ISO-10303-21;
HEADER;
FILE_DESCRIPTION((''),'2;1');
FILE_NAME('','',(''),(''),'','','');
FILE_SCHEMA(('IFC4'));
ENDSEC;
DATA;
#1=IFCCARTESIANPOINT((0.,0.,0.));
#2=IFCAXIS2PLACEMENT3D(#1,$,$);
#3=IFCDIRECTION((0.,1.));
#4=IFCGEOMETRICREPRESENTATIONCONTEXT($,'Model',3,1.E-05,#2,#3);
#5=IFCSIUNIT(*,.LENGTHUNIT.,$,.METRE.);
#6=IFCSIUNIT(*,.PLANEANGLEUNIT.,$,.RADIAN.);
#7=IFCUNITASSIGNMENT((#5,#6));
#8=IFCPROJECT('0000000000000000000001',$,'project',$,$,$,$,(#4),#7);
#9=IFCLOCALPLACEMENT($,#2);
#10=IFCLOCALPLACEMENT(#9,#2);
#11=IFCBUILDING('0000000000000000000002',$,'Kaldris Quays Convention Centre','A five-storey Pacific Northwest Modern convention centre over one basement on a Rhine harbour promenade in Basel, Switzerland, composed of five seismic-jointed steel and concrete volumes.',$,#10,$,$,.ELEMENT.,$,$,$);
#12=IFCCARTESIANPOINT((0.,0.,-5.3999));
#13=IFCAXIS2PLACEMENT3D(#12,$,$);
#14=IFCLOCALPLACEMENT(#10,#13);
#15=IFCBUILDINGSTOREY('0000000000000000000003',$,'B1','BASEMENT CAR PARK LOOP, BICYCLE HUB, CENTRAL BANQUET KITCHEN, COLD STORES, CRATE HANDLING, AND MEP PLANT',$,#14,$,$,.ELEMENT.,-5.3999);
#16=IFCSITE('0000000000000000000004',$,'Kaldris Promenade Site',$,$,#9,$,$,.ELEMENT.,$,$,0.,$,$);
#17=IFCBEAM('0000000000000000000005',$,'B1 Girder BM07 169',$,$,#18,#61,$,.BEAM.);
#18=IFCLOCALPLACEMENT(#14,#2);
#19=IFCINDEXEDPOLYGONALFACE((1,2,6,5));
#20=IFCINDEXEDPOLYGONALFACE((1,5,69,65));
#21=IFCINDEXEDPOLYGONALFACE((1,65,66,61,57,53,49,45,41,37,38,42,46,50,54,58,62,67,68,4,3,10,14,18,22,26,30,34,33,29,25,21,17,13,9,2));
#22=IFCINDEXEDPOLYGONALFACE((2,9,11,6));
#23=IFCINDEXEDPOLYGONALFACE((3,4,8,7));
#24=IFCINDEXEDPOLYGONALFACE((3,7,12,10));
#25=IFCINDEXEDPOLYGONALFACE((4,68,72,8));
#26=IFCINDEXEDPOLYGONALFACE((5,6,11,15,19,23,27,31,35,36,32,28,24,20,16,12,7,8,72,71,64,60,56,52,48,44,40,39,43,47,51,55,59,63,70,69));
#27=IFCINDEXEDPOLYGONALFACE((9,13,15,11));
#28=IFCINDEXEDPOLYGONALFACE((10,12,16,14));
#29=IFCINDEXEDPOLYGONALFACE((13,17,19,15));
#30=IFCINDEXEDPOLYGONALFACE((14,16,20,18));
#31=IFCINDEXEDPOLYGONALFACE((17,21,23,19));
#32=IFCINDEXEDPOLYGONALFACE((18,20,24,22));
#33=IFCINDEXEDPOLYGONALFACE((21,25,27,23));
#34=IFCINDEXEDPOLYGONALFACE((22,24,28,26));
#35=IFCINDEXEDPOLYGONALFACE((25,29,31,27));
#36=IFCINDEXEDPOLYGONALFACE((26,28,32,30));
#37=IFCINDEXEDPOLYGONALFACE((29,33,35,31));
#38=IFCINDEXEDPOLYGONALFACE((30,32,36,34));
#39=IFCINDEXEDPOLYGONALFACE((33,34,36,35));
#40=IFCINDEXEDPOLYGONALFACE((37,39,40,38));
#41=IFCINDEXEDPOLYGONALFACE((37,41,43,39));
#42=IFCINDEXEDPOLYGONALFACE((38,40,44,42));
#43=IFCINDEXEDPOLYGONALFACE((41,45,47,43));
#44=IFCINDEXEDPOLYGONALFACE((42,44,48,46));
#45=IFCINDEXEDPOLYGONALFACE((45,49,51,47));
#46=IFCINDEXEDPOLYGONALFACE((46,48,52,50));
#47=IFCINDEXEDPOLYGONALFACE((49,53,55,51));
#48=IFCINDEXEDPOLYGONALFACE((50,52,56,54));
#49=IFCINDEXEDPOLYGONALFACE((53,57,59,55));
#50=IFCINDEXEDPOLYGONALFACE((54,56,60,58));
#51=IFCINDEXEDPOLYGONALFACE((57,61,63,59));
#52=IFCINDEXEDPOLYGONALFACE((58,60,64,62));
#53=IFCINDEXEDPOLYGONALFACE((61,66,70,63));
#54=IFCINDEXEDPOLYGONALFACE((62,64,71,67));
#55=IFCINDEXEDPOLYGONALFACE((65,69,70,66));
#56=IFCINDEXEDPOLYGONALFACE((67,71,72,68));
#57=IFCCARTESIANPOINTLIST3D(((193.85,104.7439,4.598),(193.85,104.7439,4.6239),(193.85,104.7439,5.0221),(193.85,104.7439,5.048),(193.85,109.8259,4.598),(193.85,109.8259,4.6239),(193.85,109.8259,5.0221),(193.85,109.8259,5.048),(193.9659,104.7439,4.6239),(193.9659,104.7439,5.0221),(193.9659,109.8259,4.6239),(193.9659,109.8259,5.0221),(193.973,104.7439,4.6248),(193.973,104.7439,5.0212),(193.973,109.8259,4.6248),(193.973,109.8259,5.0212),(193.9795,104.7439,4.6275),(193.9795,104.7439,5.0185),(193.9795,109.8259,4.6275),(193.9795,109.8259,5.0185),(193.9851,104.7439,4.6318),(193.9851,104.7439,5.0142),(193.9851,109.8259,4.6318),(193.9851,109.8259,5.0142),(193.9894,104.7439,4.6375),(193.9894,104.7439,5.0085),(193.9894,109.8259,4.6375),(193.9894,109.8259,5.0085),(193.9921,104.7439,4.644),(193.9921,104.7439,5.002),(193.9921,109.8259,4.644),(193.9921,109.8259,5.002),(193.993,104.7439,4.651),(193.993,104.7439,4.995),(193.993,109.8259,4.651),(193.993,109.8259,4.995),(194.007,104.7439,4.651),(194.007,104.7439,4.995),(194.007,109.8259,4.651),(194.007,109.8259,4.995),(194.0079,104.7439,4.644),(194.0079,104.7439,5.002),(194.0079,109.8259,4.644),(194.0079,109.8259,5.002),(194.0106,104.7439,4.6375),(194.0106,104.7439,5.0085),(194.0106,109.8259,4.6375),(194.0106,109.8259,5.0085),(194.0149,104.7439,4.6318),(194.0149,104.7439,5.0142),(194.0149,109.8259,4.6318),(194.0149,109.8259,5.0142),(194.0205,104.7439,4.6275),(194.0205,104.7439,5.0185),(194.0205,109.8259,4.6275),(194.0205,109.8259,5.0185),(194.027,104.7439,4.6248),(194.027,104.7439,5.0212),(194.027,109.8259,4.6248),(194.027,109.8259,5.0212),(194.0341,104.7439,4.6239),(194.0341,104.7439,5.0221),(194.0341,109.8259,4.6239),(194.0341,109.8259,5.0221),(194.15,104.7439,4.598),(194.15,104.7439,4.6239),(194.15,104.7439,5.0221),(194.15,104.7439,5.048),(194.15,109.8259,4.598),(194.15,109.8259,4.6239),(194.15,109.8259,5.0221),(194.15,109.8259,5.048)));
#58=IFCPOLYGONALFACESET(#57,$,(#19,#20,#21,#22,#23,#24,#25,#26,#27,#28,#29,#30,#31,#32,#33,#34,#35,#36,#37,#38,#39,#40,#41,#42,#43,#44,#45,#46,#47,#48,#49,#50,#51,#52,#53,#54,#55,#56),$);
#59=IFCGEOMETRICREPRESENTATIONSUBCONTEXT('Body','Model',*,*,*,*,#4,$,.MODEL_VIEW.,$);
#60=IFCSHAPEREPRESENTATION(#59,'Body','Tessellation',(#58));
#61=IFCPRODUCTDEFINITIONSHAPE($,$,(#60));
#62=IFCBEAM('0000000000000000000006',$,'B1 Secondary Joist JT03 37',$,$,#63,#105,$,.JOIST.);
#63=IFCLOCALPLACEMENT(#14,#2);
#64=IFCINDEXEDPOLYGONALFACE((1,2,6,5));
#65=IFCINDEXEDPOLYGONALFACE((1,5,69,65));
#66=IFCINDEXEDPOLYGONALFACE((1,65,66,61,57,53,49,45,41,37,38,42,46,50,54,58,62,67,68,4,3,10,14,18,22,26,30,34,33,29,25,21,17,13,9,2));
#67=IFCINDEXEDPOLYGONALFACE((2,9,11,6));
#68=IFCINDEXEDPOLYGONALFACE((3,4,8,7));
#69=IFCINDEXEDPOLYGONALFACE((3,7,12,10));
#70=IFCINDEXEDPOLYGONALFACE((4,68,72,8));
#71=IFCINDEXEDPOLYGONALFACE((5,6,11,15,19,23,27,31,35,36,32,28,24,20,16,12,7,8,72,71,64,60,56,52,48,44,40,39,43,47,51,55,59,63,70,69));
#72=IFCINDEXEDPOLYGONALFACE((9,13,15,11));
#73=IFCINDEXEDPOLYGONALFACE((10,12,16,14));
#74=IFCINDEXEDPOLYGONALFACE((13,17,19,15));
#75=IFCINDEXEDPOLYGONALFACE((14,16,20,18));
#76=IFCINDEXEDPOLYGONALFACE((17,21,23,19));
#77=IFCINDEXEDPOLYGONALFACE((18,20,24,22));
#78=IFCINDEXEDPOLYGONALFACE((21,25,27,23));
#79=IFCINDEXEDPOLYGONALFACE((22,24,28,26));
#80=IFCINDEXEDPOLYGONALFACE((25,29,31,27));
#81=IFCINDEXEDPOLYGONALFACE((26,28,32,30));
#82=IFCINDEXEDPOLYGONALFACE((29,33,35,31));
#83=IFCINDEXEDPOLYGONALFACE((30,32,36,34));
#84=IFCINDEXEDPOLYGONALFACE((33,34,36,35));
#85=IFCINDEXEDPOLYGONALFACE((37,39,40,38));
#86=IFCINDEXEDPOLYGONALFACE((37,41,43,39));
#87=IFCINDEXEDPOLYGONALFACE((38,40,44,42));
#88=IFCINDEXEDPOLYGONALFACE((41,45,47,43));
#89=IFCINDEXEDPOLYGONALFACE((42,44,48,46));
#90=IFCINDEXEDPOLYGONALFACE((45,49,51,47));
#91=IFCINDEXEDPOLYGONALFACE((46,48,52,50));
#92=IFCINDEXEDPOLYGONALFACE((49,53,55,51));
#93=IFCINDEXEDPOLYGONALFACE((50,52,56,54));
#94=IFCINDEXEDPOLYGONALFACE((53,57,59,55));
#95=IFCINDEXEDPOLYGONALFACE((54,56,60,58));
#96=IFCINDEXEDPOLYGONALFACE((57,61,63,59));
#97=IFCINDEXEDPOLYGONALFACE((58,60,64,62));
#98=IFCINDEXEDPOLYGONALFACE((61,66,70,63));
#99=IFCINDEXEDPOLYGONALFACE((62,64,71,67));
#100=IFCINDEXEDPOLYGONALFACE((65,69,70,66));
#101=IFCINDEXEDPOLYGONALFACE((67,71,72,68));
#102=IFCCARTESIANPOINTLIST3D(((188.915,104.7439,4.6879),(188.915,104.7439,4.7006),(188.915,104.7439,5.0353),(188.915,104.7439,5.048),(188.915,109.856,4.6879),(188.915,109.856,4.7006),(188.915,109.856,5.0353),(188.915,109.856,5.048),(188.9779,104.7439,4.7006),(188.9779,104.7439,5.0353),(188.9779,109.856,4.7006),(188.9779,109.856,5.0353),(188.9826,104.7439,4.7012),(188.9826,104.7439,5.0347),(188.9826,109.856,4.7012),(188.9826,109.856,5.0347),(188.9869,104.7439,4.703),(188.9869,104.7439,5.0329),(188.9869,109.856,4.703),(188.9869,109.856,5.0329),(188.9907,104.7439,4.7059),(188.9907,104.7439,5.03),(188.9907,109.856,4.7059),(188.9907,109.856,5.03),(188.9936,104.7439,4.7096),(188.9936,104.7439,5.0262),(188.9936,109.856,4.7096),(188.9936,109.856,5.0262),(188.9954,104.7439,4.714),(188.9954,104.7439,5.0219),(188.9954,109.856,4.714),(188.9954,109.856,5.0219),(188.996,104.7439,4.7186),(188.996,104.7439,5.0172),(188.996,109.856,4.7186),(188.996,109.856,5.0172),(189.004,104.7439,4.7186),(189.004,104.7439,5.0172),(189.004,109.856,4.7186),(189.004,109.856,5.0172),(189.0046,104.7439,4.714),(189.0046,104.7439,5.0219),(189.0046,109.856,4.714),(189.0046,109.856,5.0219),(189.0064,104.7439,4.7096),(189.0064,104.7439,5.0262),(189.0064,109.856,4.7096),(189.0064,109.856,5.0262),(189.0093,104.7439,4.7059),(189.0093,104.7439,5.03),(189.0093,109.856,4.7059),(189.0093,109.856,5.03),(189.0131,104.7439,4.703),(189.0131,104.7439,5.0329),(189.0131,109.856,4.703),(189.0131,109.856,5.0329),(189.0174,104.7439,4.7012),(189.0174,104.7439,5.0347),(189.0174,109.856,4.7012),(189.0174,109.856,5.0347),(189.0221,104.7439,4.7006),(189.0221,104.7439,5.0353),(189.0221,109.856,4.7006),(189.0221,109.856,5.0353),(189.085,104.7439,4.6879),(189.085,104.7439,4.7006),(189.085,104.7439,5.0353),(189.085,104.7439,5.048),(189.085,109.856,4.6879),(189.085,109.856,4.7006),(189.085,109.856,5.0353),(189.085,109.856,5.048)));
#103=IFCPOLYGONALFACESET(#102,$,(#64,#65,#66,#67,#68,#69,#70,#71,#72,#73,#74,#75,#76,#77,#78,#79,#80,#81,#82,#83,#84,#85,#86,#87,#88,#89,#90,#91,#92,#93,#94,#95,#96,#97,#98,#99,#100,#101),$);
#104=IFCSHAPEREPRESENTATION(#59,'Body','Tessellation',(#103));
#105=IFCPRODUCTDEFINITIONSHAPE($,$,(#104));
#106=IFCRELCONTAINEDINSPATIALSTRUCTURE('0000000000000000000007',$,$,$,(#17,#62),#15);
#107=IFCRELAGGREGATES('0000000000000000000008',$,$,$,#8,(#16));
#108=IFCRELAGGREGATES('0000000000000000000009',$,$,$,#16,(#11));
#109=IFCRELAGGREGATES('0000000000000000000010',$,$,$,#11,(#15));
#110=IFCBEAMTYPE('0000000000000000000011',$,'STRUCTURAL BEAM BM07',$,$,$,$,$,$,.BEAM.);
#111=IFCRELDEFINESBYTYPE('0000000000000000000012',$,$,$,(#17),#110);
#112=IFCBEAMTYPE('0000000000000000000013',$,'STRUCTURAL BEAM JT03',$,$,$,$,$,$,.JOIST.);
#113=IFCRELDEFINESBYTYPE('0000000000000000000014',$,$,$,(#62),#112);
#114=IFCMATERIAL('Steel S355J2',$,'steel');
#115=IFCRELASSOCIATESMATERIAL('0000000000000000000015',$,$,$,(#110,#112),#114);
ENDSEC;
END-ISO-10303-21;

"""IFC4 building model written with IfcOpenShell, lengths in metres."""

from ifc_helpers import new_model, si_unit, direction, frame, origin, origin_2d, place, context, subcontext, project, spatial, i_section, extrude, material, material_profile, profile_set, type_object, element, save


model = new_model("IFC4")

# Units and contexts
model_context = context("Model", 3, precision=1e-05, world=origin(), true_north=direction((0.0, 1.0)))
body_context = subcontext(model_context, "Body", "Model", "MODEL_VIEW")
ifc_project = project(units=[si_unit("LENGTHUNIT", "METRE"), si_unit("PLANEANGLEUNIT", "RADIAN")], contexts=[model_context])

# Site, building, storey
site_placement = place(None, origin())
site = spatial("IfcSite", under=ifc_project, at=site_placement, Name="Kaldris Promenade Site", CompositionType="ELEMENT", RefElevation=0.0)
building_placement = place(site_placement, origin())
building = spatial("IfcBuilding", under=site, at=building_placement, Name="Kaldris Quays Convention Centre", Description="A five-storey Pacific Northwest Modern convention centre over one basement on a Rhine harbour promenade in Basel, Switzerland, composed of five seismic-jointed steel and concrete volumes.", CompositionType="ELEMENT")
storey_placement = place(building_placement, frame((0.0, 0.0, -5.3999)))
storey = spatial("IfcBuildingStorey", under=building, at=storey_placement, Name="B1", Description="BASEMENT CAR PARK LOOP, BICYCLE HUB, CENTRAL BANQUET KITCHEN, COLD STORES, CRATE HANDLING, AND MEP PLANT", CompositionType="ELEMENT", Elevation=-5.3999)

# Shared definitions
ifc_material_1 = material(Name="Steel S355J2", Category="steel")

# Beams
ifc_material_profile_1 = material_profile(ifc_material_1, i_section(OverallWidth=0.3, OverallDepth=0.45, WebThickness=0.0139, FlangeThickness=0.0259, FilletRadius=0.0271, at=origin_2d()), Name="HEB 450")
ifc_profile_set_1 = profile_set([ifc_material_profile_1], Name="Steel S355J2")
beam_type_1 = type_object("IfcBeamType", Name="STRUCTURAL BEAM BM07", PredefinedType="BEAM", material=ifc_profile_set_1)
beam_1_placement = place(storey_placement, frame((194.0, 104.7439, 4.823), z_axis=(0.0, 1.0, 0.0), x_axis=(-1.0, 0.0, 0.0)))
element("IfcBeam", 1, at=beam_1_placement, inside=storey, type_object=beam_type_1, Name="B1 Girder BM07 169", PredefinedType="BEAM", context=body_context, shape_type="SweptSolid", body=[
    extrude(i_section(OverallWidth=0.3, OverallDepth=0.45, WebThickness=0.0139, FlangeThickness=0.0259, FilletRadius=0.0271, at=origin_2d()), origin(), (0.0, 0.0, 1.0), 5.082),
])
ifc_material_profile_2 = material_profile(ifc_material_1, i_section(OverallWidth=0.1699, OverallDepth=0.3601, WebThickness=0.0081, FlangeThickness=0.0127, FilletRadius=0.0181, at=origin_2d()), Name="IPE 360")
ifc_profile_set_2 = profile_set([ifc_material_profile_2], Name="Steel S355J2")
beam_type_2 = type_object("IfcBeamType", Name="STRUCTURAL BEAM JT03", PredefinedType="JOIST", material=ifc_profile_set_2)
beam_2_placement = place(storey_placement, frame((189.0, 104.7439, 4.8679), z_axis=(0.0, 1.0, 0.0), x_axis=(-1.0, 0.0, 0.0)))
element("IfcBeam", 2, at=beam_2_placement, inside=storey, type_object=beam_type_2, Name="B1 Secondary Joist JT03 37", PredefinedType="JOIST", context=body_context, shape_type="SweptSolid", body=[
    extrude(i_section(OverallWidth=0.1699, OverallDepth=0.3601, WebThickness=0.0081, FlangeThickness=0.0127, FilletRadius=0.0181, at=origin_2d()), origin(), (0.0, 0.0, 1.0), 5.1121),
])

save(model, "model.ifc")
